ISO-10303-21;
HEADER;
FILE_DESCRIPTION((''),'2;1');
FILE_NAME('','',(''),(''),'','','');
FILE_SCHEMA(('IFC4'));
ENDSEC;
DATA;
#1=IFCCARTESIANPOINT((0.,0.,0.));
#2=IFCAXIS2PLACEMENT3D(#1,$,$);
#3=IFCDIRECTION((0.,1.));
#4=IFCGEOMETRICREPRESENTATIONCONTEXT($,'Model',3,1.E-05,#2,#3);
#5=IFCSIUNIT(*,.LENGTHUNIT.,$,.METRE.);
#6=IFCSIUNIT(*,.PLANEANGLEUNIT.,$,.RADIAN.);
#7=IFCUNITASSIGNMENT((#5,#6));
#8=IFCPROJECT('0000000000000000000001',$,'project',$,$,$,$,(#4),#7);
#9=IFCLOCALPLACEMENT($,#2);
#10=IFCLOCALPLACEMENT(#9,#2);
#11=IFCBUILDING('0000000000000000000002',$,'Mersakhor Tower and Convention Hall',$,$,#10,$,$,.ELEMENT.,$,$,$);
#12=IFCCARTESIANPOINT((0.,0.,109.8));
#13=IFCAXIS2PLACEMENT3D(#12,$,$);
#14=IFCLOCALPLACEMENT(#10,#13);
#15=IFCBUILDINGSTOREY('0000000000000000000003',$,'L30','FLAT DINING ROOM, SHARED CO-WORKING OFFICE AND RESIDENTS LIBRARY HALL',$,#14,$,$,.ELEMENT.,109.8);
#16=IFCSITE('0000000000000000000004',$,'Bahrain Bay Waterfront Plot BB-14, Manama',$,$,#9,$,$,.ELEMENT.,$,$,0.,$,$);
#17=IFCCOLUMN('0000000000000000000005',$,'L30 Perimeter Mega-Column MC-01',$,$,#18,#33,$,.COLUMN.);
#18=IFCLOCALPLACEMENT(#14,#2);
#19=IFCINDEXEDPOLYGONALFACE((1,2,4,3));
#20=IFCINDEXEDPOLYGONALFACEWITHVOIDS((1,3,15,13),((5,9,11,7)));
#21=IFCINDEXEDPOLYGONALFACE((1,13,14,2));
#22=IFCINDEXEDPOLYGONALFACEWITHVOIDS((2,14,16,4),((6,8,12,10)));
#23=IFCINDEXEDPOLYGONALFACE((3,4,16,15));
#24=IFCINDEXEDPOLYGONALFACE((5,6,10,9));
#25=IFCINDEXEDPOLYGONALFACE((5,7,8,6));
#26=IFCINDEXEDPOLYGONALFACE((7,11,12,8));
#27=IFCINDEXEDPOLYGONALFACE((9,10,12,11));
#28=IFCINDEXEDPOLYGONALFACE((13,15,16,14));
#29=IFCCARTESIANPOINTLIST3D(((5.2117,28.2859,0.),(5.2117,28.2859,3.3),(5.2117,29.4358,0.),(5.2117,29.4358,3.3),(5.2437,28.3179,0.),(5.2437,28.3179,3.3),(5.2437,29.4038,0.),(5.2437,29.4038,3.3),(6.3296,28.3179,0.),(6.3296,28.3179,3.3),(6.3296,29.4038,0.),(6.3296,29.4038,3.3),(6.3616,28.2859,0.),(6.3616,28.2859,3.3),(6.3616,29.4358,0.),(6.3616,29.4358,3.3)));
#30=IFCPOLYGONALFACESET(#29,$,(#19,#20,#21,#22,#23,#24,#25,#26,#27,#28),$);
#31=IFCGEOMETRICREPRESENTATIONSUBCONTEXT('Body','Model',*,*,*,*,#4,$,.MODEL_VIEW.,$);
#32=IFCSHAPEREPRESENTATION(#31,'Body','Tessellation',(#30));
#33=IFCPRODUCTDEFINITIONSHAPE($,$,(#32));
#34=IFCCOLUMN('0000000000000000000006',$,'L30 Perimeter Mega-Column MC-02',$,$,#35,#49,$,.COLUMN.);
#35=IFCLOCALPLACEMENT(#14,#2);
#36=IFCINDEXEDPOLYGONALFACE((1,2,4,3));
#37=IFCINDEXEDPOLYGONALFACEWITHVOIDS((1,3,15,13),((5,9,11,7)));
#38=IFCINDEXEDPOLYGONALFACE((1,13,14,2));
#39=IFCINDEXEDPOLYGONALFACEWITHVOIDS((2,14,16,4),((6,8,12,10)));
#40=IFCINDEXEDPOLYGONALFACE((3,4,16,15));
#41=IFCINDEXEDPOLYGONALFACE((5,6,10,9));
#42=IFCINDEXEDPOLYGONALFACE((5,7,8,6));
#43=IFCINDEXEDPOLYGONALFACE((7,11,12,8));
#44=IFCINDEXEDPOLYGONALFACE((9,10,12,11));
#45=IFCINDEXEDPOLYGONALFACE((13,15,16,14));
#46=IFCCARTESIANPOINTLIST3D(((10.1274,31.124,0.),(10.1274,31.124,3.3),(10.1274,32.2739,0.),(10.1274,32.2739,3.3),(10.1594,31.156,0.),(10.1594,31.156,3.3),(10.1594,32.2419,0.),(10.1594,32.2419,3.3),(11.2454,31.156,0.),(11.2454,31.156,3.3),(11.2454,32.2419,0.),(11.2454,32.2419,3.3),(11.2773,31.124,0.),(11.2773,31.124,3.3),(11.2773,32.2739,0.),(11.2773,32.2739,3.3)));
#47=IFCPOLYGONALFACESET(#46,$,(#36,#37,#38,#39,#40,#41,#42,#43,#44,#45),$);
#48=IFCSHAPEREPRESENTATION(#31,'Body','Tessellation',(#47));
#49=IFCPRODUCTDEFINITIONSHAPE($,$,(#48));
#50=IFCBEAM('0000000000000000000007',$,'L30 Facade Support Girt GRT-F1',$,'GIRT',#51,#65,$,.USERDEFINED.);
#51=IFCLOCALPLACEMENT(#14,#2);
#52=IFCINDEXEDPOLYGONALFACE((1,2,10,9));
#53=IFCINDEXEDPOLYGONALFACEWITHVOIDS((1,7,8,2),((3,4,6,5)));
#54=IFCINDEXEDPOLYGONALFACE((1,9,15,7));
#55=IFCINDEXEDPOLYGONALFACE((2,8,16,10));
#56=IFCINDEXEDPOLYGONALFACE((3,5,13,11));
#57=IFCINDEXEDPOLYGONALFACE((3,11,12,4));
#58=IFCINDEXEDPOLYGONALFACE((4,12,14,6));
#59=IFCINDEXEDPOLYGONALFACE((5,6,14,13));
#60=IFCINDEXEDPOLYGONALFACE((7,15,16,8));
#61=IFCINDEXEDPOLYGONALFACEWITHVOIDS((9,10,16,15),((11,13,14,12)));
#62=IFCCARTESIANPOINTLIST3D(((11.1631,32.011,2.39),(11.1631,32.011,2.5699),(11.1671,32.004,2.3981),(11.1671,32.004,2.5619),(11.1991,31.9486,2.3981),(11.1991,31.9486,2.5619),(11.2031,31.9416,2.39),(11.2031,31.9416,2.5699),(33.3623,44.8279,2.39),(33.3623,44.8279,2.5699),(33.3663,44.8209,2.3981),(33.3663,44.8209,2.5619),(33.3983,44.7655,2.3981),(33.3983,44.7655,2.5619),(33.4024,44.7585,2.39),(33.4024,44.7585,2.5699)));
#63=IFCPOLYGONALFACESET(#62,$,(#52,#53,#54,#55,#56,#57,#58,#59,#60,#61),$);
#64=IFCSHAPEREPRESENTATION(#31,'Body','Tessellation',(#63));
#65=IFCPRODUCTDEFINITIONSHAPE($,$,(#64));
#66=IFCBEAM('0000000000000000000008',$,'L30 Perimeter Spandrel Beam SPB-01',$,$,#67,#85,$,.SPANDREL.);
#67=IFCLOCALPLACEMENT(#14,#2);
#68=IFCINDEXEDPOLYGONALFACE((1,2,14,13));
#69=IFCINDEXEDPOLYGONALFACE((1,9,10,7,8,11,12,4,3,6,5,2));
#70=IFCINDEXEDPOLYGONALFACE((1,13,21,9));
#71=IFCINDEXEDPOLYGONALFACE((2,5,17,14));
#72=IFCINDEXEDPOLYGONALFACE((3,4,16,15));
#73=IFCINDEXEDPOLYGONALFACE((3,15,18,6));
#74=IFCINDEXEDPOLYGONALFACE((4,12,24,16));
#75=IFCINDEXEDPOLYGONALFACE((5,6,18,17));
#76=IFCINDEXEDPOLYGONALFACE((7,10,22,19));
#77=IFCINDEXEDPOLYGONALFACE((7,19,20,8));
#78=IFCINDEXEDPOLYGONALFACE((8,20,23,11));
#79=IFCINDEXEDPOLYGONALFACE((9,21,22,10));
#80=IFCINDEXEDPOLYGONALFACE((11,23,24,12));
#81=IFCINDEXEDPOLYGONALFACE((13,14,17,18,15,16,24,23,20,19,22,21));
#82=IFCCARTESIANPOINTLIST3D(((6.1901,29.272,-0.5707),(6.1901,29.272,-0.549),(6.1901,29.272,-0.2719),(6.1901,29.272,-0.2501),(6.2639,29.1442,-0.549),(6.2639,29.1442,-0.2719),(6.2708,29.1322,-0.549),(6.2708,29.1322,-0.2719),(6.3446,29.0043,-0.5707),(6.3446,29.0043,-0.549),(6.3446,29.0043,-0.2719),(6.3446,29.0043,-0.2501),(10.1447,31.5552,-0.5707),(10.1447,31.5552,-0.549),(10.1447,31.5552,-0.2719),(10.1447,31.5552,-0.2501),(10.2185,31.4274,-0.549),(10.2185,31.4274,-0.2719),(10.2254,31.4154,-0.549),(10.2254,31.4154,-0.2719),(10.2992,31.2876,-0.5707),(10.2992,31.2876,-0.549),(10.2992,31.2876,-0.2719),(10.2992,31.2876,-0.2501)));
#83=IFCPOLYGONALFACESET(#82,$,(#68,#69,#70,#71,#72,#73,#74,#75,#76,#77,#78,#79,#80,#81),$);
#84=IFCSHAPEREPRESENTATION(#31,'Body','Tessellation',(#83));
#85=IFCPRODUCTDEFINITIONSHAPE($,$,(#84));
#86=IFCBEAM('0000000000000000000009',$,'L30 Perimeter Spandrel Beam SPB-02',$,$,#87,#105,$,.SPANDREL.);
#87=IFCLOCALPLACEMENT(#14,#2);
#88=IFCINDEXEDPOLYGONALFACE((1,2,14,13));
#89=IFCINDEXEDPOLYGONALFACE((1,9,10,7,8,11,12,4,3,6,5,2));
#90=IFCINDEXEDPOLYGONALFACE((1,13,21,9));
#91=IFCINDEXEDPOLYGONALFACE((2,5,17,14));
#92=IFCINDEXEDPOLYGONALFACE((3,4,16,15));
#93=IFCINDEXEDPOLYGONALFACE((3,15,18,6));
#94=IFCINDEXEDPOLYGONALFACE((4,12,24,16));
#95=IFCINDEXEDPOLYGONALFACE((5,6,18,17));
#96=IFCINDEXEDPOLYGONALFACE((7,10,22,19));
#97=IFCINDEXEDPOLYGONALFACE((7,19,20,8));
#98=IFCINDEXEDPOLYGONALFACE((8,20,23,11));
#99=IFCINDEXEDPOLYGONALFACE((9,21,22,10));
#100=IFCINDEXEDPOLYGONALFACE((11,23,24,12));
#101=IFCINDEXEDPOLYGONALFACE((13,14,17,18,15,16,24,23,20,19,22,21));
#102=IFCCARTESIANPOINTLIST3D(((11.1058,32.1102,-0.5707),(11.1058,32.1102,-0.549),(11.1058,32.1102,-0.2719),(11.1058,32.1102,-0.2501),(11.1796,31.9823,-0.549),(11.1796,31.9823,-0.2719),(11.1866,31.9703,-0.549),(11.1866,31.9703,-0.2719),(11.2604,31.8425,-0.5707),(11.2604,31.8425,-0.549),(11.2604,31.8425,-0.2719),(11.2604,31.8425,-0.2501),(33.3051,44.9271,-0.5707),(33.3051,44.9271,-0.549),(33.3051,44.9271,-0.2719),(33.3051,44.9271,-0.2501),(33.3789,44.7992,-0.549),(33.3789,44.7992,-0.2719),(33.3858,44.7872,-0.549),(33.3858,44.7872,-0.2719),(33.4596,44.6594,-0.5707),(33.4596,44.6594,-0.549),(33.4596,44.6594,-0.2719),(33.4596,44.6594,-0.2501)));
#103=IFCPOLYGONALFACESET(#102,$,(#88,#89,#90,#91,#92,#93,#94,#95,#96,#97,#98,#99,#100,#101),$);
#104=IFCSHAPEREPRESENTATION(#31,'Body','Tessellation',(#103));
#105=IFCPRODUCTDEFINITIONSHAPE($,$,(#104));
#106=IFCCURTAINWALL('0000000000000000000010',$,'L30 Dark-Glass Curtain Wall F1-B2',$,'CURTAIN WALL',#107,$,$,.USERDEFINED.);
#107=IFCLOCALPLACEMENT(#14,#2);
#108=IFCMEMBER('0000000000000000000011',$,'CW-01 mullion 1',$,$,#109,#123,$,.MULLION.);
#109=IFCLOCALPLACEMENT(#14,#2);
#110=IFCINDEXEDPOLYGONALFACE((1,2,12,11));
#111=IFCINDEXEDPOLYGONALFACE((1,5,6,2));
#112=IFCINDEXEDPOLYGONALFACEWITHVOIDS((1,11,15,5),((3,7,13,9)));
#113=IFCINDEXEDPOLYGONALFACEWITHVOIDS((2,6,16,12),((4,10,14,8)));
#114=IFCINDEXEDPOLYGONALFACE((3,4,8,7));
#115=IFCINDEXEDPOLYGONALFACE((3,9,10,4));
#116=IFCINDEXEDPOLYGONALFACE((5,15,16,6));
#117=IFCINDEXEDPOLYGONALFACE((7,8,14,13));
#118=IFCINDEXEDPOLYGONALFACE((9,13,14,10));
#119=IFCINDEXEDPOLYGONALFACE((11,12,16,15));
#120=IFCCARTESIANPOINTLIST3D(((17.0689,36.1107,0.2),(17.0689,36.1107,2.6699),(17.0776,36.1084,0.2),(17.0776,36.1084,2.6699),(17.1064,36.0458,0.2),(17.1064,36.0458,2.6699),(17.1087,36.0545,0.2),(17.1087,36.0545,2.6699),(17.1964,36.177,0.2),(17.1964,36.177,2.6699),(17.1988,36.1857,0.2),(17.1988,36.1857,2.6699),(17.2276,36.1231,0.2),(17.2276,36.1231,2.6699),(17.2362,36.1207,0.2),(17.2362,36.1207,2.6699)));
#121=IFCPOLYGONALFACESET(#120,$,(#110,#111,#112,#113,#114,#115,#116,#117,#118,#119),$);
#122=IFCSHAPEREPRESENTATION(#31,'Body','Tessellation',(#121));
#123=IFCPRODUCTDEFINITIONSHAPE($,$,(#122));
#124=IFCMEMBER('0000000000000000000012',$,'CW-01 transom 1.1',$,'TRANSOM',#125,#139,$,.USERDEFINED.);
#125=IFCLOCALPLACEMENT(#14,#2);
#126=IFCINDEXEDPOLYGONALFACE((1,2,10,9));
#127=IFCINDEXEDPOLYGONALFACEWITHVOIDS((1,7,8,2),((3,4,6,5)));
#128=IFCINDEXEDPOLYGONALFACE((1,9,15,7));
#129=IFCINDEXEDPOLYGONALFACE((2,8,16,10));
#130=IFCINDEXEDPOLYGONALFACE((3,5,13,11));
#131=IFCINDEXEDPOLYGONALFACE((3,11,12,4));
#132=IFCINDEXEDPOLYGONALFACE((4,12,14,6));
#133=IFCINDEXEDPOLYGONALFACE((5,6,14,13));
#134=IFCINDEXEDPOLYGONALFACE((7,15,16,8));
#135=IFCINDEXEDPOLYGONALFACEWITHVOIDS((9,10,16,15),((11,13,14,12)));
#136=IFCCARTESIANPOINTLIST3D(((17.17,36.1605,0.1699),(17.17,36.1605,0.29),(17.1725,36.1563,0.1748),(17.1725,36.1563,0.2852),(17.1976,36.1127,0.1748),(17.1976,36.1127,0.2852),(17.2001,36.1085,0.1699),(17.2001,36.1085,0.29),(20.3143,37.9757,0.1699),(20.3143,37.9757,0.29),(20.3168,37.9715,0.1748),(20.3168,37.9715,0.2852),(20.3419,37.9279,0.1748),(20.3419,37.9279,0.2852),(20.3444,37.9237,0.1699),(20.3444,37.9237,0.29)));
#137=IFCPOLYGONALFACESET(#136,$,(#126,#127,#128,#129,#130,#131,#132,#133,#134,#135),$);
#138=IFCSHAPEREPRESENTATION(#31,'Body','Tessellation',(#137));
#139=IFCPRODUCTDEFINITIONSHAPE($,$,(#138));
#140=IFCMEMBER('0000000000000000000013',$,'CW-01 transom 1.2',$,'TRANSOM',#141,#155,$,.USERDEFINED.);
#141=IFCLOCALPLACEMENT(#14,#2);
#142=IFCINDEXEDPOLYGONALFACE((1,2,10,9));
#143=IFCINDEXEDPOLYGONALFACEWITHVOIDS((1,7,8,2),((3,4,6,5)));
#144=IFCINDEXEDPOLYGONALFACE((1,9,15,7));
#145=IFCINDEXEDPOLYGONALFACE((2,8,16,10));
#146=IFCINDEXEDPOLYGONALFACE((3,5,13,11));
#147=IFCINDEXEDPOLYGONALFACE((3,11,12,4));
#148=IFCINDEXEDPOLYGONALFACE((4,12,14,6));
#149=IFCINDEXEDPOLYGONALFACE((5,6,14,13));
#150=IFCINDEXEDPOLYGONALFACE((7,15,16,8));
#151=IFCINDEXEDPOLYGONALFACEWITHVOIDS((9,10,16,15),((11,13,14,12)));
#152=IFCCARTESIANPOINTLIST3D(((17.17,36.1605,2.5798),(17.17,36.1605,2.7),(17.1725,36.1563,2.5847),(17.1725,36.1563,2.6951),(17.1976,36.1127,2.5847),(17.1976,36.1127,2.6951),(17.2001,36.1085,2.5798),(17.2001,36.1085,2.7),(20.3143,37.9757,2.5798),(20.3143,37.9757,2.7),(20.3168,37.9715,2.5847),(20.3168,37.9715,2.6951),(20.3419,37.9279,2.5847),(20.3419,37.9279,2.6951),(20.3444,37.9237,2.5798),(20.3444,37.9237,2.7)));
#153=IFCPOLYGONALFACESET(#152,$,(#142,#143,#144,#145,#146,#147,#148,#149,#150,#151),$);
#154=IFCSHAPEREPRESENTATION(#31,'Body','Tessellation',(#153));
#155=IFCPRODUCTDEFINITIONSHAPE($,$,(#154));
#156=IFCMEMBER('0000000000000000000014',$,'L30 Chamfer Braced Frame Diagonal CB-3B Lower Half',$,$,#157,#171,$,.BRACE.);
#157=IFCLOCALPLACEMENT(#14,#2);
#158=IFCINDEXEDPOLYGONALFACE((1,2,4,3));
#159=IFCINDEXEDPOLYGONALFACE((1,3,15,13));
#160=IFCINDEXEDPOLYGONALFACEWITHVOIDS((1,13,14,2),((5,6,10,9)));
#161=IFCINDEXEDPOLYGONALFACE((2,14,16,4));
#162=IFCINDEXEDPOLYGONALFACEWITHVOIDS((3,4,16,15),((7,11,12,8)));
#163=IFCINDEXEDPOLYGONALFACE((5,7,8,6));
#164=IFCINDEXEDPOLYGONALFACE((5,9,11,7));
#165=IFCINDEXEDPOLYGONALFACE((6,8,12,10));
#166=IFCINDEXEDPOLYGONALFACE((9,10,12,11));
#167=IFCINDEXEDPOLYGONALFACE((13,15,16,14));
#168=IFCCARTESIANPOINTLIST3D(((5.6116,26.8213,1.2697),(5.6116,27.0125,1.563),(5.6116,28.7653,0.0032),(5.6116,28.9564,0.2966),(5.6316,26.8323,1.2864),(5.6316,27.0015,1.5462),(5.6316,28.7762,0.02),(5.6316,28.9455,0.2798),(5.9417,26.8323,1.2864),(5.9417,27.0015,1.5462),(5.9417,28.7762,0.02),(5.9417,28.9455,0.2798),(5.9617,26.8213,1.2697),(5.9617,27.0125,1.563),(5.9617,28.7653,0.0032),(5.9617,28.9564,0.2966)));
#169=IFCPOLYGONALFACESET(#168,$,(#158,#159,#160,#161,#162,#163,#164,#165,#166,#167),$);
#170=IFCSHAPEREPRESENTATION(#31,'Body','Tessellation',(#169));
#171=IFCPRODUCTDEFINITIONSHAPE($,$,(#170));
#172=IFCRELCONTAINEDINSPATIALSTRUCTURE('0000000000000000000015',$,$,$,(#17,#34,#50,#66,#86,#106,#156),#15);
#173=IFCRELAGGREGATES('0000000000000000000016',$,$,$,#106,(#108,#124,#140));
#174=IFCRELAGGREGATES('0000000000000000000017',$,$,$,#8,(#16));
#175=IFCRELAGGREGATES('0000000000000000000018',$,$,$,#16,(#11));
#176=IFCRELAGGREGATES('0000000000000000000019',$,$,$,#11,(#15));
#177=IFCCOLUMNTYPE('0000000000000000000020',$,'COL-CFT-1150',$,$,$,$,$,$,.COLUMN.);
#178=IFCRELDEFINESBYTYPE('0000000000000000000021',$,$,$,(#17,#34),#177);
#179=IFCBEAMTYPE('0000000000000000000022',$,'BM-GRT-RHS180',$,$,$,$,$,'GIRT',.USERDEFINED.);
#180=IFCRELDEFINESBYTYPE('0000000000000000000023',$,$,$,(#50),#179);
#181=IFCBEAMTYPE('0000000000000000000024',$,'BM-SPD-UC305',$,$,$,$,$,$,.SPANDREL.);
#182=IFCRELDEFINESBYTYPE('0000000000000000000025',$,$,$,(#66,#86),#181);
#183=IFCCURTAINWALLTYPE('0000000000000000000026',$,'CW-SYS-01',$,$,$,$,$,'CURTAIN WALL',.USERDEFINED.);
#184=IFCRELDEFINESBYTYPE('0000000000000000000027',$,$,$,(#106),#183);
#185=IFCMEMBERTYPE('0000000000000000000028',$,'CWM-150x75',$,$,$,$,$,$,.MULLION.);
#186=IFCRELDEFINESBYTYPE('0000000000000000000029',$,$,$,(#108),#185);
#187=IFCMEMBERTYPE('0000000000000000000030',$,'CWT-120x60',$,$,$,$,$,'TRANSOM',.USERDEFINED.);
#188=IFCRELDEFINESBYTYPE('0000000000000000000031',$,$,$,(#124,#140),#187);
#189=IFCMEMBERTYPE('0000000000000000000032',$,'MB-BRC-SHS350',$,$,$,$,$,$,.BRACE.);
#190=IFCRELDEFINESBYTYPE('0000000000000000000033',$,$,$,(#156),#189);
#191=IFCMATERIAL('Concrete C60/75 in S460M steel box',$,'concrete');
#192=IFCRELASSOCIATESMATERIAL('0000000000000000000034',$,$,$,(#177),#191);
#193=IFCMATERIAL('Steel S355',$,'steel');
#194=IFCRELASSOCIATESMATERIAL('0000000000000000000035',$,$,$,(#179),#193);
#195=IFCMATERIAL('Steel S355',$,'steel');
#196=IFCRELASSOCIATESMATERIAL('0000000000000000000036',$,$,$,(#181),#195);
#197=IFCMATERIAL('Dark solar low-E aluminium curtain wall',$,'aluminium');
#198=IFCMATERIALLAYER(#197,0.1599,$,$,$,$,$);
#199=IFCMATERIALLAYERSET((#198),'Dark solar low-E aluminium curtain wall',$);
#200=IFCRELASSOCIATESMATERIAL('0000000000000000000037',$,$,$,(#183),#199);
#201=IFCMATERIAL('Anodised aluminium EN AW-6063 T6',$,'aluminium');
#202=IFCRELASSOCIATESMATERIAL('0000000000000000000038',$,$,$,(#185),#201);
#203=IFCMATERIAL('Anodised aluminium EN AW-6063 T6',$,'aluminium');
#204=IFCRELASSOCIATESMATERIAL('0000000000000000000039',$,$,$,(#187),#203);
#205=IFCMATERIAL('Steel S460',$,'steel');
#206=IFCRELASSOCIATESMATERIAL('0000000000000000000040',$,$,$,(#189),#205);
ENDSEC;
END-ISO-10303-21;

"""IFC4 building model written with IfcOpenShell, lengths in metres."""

from ifc_helpers import new_model, si_unit, direction, frame, origin, origin_2d, place, context, subcontext, project, spatial, hollow_rectangle, i_section, extrude, material, layer, layer_set, material_profile, profile_set, type_object, element, aggregate, save


model = new_model("IFC4")

# Units and contexts
model_context = context("Model", 3, precision=1e-05, world=origin(), true_north=direction((0.0, 1.0)))
body_context = subcontext(model_context, "Body", "Model", "MODEL_VIEW")
ifc_project = project(units=[si_unit("LENGTHUNIT", "METRE"), si_unit("PLANEANGLEUNIT", "RADIAN")], contexts=[model_context])

# Site, building, storey
site_placement = place(None, origin())
site = spatial("IfcSite", under=ifc_project, at=site_placement, Name="Bahrain Bay Waterfront Plot BB-14, Manama", CompositionType="ELEMENT", RefElevation=0.0)
building_placement = place(site_placement, origin())
building = spatial("IfcBuilding", under=site, at=building_placement, Name="Mersakhor Tower and Convention Hall", CompositionType="ELEMENT")
storey_placement = place(building_placement, frame((0.0, 0.0, 109.8)))
storey = spatial("IfcBuildingStorey", under=building, at=storey_placement, Name="L30", Description="FLAT DINING ROOM, SHARED CO-WORKING OFFICE AND RESIDENTS LIBRARY HALL", CompositionType="ELEMENT", Elevation=109.8)

# Columns
ifc_material_1 = material(Name="Concrete C60/75 in S460M steel box", Category="concrete")
ifc_material_profile_1 = material_profile(ifc_material_1, hollow_rectangle(XDim=1.1499, YDim=1.1499, WallThickness=0.032, at=origin_2d()), Name="SHS 1150x1150x32")
ifc_profile_set_1 = profile_set([ifc_material_profile_1], Name="Concrete C60/75 in S460M steel box")
column_type = type_object("IfcColumnType", Name="COL-CFT-1150", PredefinedType="COLUMN", material=ifc_profile_set_1)
for number, where, z_axis, x_axis, name in (
    (1, (5.7866, 28.8608, 0.0), (0.0, 0.0, 1.0), (1.0, 0.0, 0.0), "L30 Perimeter Mega-Column MC-01"),
    (2, (10.7024, 31.699, 0.0), (0.0, 0.0, 1.0), (1.0, 0.0, 0.0), "L30 Perimeter Mega-Column MC-02"),
):
    element("IfcColumn", number, at=place(storey_placement, frame(where, z_axis=z_axis, x_axis=x_axis)), inside=storey, type_object=column_type, Name=name, PredefinedType="COLUMN", context=body_context, shape_type="SweptSolid", body=[
        extrude(hollow_rectangle(XDim=1.1499, YDim=1.1499, WallThickness=0.032, at=origin_2d()), origin(), (0.0, 0.0, 1.0), 3.3),
    ])

# Beams
ifc_material_2 = material(Name="Steel S355", Category="steel")
ifc_material_profile_2 = material_profile(ifc_material_2, hollow_rectangle(XDim=0.0801, YDim=0.1799, WallThickness=0.0081, at=origin_2d()), Name="RHS 180x80x8")
ifc_profile_set_2 = profile_set([ifc_material_profile_2], Name="Steel S355")
beam_type_1 = type_object("IfcBeamType", Name="BM-GRT-RHS180", ElementType="GIRT", PredefinedType="USERDEFINED", material=ifc_profile_set_2)
beam_1_placement = place(storey_placement, frame((11.1831, 31.9763, 2.48), z_axis=(0.866023, 0.500005, 0.0), x_axis=(-0.500005, 0.866023, 0.0)))
element("IfcBeam", 3, at=beam_1_placement, inside=storey, type_object=beam_type_1, Name="L30 Facade Support Girt GRT-F1", ObjectType="GIRT", PredefinedType="USERDEFINED", context=body_context, shape_type="SweptSolid", body=[
    extrude(hollow_rectangle(XDim=0.0801, YDim=0.1799, WallThickness=0.0081, at=origin_2d()), origin(), (0.0, 0.0, 1.0), 25.6335),
])
ifc_material_3 = material(Name="Steel S355", Category="steel")
ifc_material_profile_3 = material_profile(ifc_material_3, i_section(OverallWidth=0.3091, OverallDepth=0.3206, WebThickness=0.0139, FlangeThickness=0.0217, at=origin_2d()), Name="UC 305x305x137")
ifc_profile_set_3 = profile_set([ifc_material_profile_3], Name="Steel S355")
beam_type_2 = type_object("IfcBeamType", Name="BM-SPD-UC305", PredefinedType="SPANDREL", material=ifc_profile_set_3)
beam_2_placement = place(storey_placement, frame((6.2673, 29.1382, -0.4104), z_axis=(0.866024, 0.500003, 0.0), x_axis=(-0.500003, 0.866024, 0.0)))
element("IfcBeam", 4, at=beam_2_placement, inside=storey, type_object=beam_type_2, Name="L30 Perimeter Spandrel Beam SPB-01", PredefinedType="SPANDREL", context=body_context, shape_type="SweptSolid", body=[
    extrude(i_section(OverallWidth=0.3091, OverallDepth=0.3206, WebThickness=0.0139, FlangeThickness=0.0217, at=origin_2d()), origin(), (0.0, 0.0, 1.0), 4.5664),
])
beam_3_placement = place(storey_placement, frame((11.1831, 31.9763, -0.4104), z_axis=(0.866023, 0.500005, 0.0), x_axis=(-0.500005, 0.866023, 0.0)))
element("IfcBeam", 5, at=beam_3_placement, inside=storey, type_object=beam_type_2, Name="L30 Perimeter Spandrel Beam SPB-02", PredefinedType="SPANDREL", context=body_context, shape_type="SweptSolid", body=[
    extrude(i_section(OverallWidth=0.3091, OverallDepth=0.3206, WebThickness=0.0139, FlangeThickness=0.0217, at=origin_2d()), origin(), (0.0, 0.0, 1.0), 25.6335),
])

# Curtain wall, members
ifc_material_4 = material(Name="Dark solar low-E aluminium curtain wall", Category="aluminium")
ifc_layer_1 = layer(ifc_material_4, 0.1599)
ifc_layer_set_1 = layer_set([ifc_layer_1], Name="Dark solar low-E aluminium curtain wall")
curtain_wall_type = type_object("IfcCurtainWallType", Name="CW-SYS-01", ElementType="CURTAIN WALL", PredefinedType="USERDEFINED", material=ifc_layer_set_1)
curtain_wall_placement = place(storey_placement, origin())
curtain_wall = element("IfcCurtainWall", 6, at=curtain_wall_placement, inside=storey, type_object=curtain_wall_type, Name="L30 Dark-Glass Curtain Wall F1-B2", ObjectType="CURTAIN WALL", PredefinedType="USERDEFINED")
ifc_material_5 = material(Name="Anodised aluminium EN AW-6063 T6", Category="aluminium")
ifc_material_profile_4 = material_profile(ifc_material_5, hollow_rectangle(XDim=0.075, YDim=0.1499, WallThickness=0.0063, at=origin_2d()), Name="RHS 150x75x6.3")
ifc_profile_set_4 = profile_set([ifc_material_profile_4], Name="Anodised aluminium EN AW-6063 T6")
member_type_1 = type_object("IfcMemberType", Name="CWM-150x75", PredefinedType="MULLION", material=ifc_profile_set_4)
member_1_placement = place(storey_placement, frame((17.1526, 36.1157, 0.2), z_axis=(0.0, 0.0, 1.0), x_axis=(-0.499998, 0.866027, 0.0)))
member_1 = element("IfcMember", 7, at=member_1_placement, type_object=member_type_1, Name="CW-01 mullion 1", PredefinedType="MULLION", context=body_context, shape_type="SweptSolid", body=[
    extrude(hollow_rectangle(XDim=0.075, YDim=0.1499, WallThickness=0.0063, at=origin_2d()), origin(), (0.0, 0.0, 1.0), 2.47),
])
ifc_material_6 = material(Name="Anodised aluminium EN AW-6063 T6", Category="aluminium")
ifc_material_profile_5 = material_profile(ifc_material_6, hollow_rectangle(XDim=0.0601, YDim=0.1201, WallThickness=0.0049, at=origin_2d()), Name="RHS 120x60x5")
ifc_profile_set_5 = profile_set([ifc_material_profile_5], Name="Anodised aluminium EN AW-6063 T6")
member_type_2 = type_object("IfcMemberType", Name="CWT-120x60", ElementType="TRANSOM", PredefinedType="USERDEFINED", material=ifc_profile_set_5)
member_2_placement = place(storey_placement, frame((17.1851, 36.1345, 0.23), z_axis=(0.866046, 0.499965, 0.0), x_axis=(-0.499965, 0.866046, 0.0)))
member_2 = element("IfcMember", 8, at=member_2_placement, type_object=member_type_2, Name="CW-01 transom 1.1", ObjectType="TRANSOM", PredefinedType="USERDEFINED", context=body_context, shape_type="SweptSolid", body=[
    extrude(hollow_rectangle(XDim=0.0601, YDim=0.1201, WallThickness=0.0049, at=origin_2d()), origin(), (0.0, 0.0, 1.0), 3.6306),
])
member_3_placement = place(storey_placement, frame((17.1851, 36.1345, 2.6399), z_axis=(0.866046, 0.499965, 0.0), x_axis=(-0.499965, 0.866046, 0.0)))
member_3 = element("IfcMember", 9, at=member_3_placement, type_object=member_type_2, Name="CW-01 transom 1.2", ObjectType="TRANSOM", PredefinedType="USERDEFINED", context=body_context, shape_type="SweptSolid", body=[
    extrude(hollow_rectangle(XDim=0.0601, YDim=0.1201, WallThickness=0.0049, at=origin_2d()), origin(), (0.0, 0.0, 1.0), 3.6306),
])

# Member
ifc_material_7 = material(Name="Steel S460", Category="steel")
ifc_material_profile_6 = material_profile(ifc_material_7, hollow_rectangle(XDim=0.3501, YDim=0.3501, WallThickness=0.02, at=origin_2d()), Name="SHS 350x350x20")
ifc_profile_set_6 = profile_set([ifc_material_profile_6], Name="Steel S460")
member_type_3 = type_object("IfcMemberType", Name="MB-BRC-SHS350", PredefinedType="BRACE", material=ifc_profile_set_6)
member_4_placement = place(storey_placement, frame((5.7866, 28.8608, 0.1499), z_axis=(0.0, -0.837881, 0.545854), x_axis=(1.0, 0.0, 0.0)))
element("IfcMember", 10, at=member_4_placement, inside=storey, type_object=member_type_3, Name="L30 Chamfer Braced Frame Diagonal CB-3B Lower Half", PredefinedType="BRACE", context=body_context, shape_type="SweptSolid", body=[
    extrude(hollow_rectangle(XDim=0.3501, YDim=0.3501, WallThickness=0.02, at=origin_2d()), origin(), (0.0, 0.0, 1.0), 2.3201),
])

aggregate(curtain_wall, [member_1, member_2, member_3])

save(model, "model.ifc")
